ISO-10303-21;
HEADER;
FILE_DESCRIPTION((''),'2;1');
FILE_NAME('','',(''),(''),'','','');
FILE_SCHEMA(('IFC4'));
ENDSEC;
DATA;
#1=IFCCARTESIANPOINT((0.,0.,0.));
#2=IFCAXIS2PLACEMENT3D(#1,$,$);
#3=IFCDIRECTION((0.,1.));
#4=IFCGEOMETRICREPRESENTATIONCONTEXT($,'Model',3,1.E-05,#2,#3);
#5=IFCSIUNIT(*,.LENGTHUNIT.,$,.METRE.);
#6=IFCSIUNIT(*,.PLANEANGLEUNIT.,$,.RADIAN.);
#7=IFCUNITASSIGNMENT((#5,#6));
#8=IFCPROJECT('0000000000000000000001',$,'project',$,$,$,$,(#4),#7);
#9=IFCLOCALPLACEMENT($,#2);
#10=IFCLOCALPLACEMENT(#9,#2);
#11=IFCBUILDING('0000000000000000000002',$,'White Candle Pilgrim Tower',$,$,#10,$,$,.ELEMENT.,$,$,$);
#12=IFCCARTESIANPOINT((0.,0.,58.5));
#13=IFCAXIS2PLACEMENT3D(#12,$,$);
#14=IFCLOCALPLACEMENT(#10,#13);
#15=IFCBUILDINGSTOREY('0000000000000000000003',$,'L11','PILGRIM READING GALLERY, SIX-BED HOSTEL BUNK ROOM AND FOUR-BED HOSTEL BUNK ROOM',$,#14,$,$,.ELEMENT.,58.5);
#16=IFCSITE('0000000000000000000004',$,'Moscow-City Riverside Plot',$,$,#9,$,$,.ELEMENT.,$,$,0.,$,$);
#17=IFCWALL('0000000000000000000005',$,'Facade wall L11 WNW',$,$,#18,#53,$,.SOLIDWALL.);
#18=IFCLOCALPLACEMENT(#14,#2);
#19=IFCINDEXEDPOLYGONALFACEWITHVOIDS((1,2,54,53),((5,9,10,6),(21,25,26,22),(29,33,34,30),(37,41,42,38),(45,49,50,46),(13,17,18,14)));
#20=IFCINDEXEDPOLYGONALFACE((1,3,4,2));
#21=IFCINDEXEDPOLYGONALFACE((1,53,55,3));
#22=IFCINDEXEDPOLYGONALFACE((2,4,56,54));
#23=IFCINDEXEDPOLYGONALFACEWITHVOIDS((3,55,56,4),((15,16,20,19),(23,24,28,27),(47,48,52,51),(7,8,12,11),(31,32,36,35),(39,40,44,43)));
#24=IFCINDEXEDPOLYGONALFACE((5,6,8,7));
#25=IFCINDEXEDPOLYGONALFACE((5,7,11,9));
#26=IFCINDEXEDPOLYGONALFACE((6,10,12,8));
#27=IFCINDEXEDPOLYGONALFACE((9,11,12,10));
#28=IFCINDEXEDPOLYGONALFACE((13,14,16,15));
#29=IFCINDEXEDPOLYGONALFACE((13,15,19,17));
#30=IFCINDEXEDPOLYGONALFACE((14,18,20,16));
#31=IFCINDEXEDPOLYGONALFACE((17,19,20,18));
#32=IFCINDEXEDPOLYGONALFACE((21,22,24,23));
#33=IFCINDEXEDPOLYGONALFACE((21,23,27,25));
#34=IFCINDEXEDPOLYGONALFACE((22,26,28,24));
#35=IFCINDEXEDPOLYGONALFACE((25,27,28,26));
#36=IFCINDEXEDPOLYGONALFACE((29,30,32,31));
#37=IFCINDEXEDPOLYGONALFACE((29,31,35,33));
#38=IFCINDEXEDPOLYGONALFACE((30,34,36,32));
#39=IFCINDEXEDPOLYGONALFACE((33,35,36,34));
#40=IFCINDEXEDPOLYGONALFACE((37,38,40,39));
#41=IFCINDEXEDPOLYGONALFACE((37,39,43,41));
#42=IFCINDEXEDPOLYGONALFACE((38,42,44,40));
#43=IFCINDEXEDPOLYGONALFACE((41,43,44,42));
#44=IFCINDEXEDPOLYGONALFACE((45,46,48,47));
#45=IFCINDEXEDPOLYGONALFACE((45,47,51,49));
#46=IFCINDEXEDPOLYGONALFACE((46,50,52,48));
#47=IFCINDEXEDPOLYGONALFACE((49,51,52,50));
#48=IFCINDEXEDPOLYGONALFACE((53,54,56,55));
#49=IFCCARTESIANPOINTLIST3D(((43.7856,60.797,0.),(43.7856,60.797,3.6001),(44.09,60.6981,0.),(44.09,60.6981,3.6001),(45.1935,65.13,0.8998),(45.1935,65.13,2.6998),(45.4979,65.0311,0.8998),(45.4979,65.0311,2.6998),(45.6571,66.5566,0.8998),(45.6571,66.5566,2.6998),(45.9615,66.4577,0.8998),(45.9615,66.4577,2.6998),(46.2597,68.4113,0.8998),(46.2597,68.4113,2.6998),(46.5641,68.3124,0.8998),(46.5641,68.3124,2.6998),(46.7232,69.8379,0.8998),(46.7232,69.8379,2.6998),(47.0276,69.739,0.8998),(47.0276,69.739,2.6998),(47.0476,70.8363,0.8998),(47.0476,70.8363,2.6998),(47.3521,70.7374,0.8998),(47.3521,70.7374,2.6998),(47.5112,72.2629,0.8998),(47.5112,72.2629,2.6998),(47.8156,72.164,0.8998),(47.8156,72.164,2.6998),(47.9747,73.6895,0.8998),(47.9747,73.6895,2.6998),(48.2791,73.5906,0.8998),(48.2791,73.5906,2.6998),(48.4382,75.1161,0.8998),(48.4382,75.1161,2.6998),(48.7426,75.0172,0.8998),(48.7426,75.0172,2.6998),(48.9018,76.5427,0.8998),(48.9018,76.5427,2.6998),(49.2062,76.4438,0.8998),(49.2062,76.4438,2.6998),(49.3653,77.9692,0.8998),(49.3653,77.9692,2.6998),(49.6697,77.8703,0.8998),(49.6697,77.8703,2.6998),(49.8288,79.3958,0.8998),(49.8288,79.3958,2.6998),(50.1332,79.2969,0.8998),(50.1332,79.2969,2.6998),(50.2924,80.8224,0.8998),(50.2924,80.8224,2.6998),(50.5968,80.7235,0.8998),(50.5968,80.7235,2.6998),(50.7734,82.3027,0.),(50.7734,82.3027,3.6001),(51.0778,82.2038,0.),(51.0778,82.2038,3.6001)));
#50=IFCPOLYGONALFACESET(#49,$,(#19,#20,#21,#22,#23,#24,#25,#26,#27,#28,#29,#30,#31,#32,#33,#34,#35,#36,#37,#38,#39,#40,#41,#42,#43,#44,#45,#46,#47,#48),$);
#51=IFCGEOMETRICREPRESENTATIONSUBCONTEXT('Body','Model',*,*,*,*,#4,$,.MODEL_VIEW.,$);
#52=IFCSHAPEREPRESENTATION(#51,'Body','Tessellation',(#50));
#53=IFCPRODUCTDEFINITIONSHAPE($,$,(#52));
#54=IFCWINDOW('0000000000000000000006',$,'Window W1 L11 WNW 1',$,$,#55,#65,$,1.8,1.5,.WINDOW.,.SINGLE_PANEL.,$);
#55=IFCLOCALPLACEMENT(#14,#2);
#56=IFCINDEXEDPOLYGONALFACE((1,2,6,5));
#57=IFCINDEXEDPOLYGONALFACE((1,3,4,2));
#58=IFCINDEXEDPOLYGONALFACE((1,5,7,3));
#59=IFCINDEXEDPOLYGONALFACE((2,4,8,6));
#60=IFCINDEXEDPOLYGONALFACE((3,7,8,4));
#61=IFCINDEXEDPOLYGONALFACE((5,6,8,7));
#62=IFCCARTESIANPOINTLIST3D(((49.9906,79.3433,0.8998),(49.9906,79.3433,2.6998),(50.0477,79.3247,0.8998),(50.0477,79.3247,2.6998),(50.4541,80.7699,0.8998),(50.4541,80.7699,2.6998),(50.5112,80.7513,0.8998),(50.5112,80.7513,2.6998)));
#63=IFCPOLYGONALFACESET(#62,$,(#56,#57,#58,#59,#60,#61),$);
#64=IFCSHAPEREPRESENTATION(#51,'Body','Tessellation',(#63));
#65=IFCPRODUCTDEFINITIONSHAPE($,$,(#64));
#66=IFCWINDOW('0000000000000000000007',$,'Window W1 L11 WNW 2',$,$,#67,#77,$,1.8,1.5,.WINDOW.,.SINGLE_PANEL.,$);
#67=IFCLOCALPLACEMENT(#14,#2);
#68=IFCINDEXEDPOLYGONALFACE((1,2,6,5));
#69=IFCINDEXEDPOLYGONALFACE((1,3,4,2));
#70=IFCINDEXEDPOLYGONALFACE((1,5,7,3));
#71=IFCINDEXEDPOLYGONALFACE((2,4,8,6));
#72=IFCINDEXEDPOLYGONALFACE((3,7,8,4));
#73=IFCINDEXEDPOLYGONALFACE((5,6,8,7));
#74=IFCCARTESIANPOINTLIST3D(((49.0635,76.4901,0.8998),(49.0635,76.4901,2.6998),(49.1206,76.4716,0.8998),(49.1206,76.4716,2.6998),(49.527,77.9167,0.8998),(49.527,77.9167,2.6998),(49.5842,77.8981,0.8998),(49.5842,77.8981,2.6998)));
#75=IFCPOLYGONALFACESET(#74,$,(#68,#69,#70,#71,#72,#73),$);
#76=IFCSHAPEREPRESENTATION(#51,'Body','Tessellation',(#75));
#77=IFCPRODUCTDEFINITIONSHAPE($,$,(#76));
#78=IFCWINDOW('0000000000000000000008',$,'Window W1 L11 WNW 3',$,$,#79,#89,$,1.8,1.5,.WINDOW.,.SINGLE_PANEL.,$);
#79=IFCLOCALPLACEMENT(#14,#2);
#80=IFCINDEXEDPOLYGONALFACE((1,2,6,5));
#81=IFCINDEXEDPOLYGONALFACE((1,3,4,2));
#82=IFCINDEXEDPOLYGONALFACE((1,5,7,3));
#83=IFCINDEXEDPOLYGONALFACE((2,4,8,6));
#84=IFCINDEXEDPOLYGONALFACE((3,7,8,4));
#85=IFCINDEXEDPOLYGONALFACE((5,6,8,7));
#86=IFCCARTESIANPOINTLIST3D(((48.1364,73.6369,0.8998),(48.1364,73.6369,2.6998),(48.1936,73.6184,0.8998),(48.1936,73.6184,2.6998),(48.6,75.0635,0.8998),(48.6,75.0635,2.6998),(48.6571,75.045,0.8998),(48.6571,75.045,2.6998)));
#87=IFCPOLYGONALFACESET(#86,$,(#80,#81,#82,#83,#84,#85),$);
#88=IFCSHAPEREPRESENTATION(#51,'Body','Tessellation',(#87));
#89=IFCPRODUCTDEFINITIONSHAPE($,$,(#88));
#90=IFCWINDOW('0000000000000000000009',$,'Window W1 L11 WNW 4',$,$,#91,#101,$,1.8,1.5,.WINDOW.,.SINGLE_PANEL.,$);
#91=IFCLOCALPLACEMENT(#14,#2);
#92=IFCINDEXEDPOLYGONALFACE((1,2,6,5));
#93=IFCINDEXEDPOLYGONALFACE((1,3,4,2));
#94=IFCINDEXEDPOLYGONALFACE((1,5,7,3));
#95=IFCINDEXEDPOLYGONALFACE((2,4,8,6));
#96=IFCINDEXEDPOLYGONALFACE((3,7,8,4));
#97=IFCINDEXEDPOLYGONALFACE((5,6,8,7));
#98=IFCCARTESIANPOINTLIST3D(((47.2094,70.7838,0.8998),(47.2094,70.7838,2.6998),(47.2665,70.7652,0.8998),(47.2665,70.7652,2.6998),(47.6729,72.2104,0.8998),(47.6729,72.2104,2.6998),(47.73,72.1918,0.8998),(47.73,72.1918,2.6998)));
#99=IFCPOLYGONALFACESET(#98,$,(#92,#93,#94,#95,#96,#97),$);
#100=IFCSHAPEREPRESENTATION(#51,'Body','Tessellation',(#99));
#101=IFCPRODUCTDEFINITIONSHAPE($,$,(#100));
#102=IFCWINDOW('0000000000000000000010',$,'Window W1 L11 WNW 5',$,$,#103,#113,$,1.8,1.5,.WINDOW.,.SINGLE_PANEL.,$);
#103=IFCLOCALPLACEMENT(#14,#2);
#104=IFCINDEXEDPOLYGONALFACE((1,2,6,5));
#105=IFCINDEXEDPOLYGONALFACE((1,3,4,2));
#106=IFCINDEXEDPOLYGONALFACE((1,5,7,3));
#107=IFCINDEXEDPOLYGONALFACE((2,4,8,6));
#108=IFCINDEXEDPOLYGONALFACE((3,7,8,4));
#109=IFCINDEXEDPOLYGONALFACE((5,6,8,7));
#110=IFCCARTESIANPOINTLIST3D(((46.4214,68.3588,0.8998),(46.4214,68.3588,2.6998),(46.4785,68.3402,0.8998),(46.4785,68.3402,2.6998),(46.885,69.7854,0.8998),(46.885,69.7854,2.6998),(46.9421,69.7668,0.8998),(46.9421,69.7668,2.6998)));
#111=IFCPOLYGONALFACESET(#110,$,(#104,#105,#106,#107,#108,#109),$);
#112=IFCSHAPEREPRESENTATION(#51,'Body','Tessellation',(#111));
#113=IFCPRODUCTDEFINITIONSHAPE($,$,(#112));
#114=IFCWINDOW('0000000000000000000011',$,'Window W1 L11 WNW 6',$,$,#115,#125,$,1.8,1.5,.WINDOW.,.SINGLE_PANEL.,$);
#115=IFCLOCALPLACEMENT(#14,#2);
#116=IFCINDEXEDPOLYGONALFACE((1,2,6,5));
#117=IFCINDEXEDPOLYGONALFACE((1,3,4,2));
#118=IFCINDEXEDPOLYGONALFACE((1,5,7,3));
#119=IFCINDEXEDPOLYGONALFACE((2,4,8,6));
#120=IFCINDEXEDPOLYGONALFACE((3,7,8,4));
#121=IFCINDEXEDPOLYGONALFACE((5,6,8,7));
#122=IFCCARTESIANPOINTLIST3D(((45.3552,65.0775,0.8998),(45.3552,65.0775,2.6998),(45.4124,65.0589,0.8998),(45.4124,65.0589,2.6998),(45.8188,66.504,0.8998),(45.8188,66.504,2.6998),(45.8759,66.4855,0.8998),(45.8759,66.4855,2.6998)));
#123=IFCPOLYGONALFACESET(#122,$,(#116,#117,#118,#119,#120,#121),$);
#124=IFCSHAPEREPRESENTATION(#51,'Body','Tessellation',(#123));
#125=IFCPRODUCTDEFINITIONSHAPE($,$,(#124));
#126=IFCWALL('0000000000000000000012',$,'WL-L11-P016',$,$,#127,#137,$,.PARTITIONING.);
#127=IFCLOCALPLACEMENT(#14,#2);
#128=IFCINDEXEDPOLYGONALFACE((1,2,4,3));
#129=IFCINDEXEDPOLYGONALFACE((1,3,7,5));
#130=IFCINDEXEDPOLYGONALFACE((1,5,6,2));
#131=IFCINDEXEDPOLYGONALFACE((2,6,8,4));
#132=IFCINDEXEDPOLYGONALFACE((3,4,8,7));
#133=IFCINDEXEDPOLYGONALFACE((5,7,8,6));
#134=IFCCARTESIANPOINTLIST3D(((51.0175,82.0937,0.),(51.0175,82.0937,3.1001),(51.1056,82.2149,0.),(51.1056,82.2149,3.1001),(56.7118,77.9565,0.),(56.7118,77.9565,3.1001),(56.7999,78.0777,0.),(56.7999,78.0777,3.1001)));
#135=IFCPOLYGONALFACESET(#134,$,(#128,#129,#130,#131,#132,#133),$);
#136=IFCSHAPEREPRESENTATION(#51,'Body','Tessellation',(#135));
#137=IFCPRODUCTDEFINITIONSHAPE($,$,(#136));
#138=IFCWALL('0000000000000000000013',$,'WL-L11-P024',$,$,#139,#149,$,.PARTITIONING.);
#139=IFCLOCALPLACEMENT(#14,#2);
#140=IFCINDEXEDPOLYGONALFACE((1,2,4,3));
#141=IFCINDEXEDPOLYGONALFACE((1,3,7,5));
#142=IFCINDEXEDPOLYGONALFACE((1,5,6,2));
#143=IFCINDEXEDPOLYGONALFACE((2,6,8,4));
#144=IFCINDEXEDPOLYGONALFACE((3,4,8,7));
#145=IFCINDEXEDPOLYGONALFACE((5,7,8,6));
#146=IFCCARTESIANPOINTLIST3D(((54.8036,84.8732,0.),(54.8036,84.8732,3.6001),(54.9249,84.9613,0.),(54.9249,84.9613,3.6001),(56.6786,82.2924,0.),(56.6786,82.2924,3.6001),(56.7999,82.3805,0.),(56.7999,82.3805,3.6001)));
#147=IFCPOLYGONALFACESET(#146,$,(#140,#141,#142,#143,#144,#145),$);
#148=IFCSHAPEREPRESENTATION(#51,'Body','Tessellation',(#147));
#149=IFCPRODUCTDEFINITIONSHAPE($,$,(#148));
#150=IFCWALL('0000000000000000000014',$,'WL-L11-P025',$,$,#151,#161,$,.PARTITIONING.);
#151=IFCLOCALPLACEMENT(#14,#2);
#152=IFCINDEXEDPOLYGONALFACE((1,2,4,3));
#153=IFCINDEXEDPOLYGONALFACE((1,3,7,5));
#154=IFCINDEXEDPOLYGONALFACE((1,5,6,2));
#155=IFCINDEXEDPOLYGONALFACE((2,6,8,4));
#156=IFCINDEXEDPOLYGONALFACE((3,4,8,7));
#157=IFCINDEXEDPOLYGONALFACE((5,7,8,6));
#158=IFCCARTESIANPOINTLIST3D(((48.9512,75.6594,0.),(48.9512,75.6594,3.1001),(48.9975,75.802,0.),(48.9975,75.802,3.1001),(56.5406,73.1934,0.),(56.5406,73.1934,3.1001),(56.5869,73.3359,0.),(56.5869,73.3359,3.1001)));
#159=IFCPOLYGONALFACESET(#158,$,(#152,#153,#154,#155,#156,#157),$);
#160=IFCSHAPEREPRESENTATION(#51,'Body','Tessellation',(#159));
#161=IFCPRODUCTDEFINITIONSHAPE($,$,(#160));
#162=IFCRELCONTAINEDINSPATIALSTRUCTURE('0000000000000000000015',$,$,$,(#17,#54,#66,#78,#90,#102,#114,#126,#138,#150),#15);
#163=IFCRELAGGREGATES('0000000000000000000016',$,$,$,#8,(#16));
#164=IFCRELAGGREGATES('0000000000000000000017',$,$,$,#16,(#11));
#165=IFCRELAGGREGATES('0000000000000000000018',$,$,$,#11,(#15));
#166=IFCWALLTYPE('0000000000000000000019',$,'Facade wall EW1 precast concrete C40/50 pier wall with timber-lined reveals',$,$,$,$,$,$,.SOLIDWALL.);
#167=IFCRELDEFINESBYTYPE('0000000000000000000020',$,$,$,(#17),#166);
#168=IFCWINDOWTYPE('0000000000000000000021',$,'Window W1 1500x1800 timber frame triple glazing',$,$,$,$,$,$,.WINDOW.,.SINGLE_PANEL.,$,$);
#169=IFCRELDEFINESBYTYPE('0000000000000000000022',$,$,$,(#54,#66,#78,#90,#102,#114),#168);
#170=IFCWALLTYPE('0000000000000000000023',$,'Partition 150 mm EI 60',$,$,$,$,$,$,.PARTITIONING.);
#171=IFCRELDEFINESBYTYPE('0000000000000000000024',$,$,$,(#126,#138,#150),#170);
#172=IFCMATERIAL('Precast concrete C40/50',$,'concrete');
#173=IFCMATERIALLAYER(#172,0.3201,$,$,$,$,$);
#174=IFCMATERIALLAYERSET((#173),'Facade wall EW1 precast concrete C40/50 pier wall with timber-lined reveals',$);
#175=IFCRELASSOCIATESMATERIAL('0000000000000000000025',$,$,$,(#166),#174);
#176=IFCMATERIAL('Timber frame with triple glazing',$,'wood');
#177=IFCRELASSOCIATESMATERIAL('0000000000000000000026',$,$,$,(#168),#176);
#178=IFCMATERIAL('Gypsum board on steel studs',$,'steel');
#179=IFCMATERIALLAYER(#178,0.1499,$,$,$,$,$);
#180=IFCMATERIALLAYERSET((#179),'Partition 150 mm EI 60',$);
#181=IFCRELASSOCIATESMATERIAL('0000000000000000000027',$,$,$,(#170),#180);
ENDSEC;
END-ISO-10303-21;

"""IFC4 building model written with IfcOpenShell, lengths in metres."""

from ifc_helpers import new_model, si_unit, direction, frame, frame_2d, origin, place, context, subcontext, project, spatial, rectangle, extrude, material, layer, layer_set, type_object, element, fill, save


model = new_model("IFC4")

# Units and contexts
model_context = context("Model", 3, precision=1e-05, world=origin(), true_north=direction((0.0, 1.0)))
body_context = subcontext(model_context, "Body", "Model", "MODEL_VIEW")
ifc_project = project(units=[si_unit("LENGTHUNIT", "METRE"), si_unit("PLANEANGLEUNIT", "RADIAN")], contexts=[model_context])

# Site, building, storey
site_placement = place(None, origin())
site = spatial("IfcSite", under=ifc_project, at=site_placement, Name="Moscow-City Riverside Plot", CompositionType="ELEMENT", RefElevation=0.0)
building_placement = place(site_placement, origin())
building = spatial("IfcBuilding", under=site, at=building_placement, Name="White Candle Pilgrim Tower", CompositionType="ELEMENT")
storey_placement = place(building_placement, frame((0.0, 0.0, 58.5)))
storey = spatial("IfcBuildingStorey", under=building, at=storey_placement, Name="L11", Description="PILGRIM READING GALLERY, SIX-BED HOSTEL BUNK ROOM AND FOUR-BED HOSTEL BUNK ROOM", CompositionType="ELEMENT", Elevation=58.5)

# Wall, openings, windows
ifc_material_1 = material(Name="Precast concrete C40/50", Category="concrete")
ifc_layer_1 = layer(ifc_material_1, 0.3201)
ifc_layer_set_1 = layer_set([ifc_layer_1], Name="Facade wall EW1 precast concrete C40/50 pier wall with timber-lined reveals")
wall_type_1 = type_object("IfcWallType", Name="Facade wall EW1 precast concrete C40/50 pier wall with timber-lined reveals", PredefinedType="SOLIDWALL", material=ifc_layer_set_1)
ifc_material_2 = material(Name="Timber frame with triple glazing", Category="wood")
wall_1_placement = place(storey_placement, frame((50.9255, 82.2532, 0.0), z_axis=(0.0, 0.0, 1.0), x_axis=(-0.309022, -0.951055, 0.0)))
wall_1 = element("IfcWall", 1, at=wall_1_placement, inside=storey, type_object=wall_type_1, Name="Facade wall L11 WNW", PredefinedType="SOLIDWALL", context=body_context, shape_type="SweptSolid", body=[
    extrude(rectangle(XDim=22.6125, YDim=0.3201, at=frame_2d((11.3062, 0.0))), origin(), (0.0, 0.0, 1.0), 3.6001),
])
opening_1_placement = place(wall_1_placement, frame((1.5564, 0.0, 0.8999)))
opening_1 = element("IfcOpeningElement", 2, at=opening_1_placement, cuts=wall_1, PredefinedType="OPENING", context=body_context, shape_type="SweptSolid", body=[
    extrude(rectangle(XDim=1.5, YDim=1.8, at=frame_2d((0.75, 0.8999))), frame((0.0, 0.1699, 0.0), z_axis=(0.0, -1.0, 0.0), x_axis=(1.0, 0.0, 0.0)), (0.0, 0.0, 1.0), 0.3401),
])
opening_2_placement = place(wall_1_placement, frame((4.5564, 0.0, 0.8999)))
opening_2 = element("IfcOpeningElement", 3, at=opening_2_placement, cuts=wall_1, PredefinedType="OPENING", context=body_context, shape_type="SweptSolid", body=[
    extrude(rectangle(XDim=1.5, YDim=1.8, at=frame_2d((0.75, 0.8999))), frame((0.0, 0.1699, 0.0), z_axis=(0.0, -1.0, 0.0), x_axis=(1.0, 0.0, 0.0)), (0.0, 0.0, 1.0), 0.3401),
])
opening_3_placement = place(wall_1_placement, frame((7.5564, 0.0, 0.8999)))
opening_3 = element("IfcOpeningElement", 4, at=opening_3_placement, cuts=wall_1, PredefinedType="OPENING", context=body_context, shape_type="SweptSolid", body=[
    extrude(rectangle(XDim=1.5, YDim=1.8, at=frame_2d((0.75, 0.8999))), frame((0.0, 0.1699, 0.0), z_axis=(0.0, -1.0, 0.0), x_axis=(1.0, 0.0, 0.0)), (0.0, 0.0, 1.0), 0.3401),
])
opening_4_placement = place(wall_1_placement, frame((10.5564, 0.0, 0.8999)))
opening_4 = element("IfcOpeningElement", 5, at=opening_4_placement, cuts=wall_1, PredefinedType="OPENING", context=body_context, shape_type="SweptSolid", body=[
    extrude(rectangle(XDim=1.5, YDim=1.8, at=frame_2d((0.75, 0.8999))), frame((0.0, 0.1699, 0.0), z_axis=(0.0, -1.0, 0.0), x_axis=(1.0, 0.0, 0.0)), (0.0, 0.0, 1.0), 0.3401),
])
opening_5_placement = place(wall_1_placement, frame((13.1062, 0.0, 0.8999)))
opening_5 = element("IfcOpeningElement", 6, at=opening_5_placement, cuts=wall_1, PredefinedType="OPENING", context=body_context, shape_type="SweptSolid", body=[
    extrude(rectangle(XDim=1.5, YDim=1.8, at=frame_2d((0.75, 0.8999))), frame((0.0, 0.1699, 0.0), z_axis=(0.0, -1.0, 0.0), x_axis=(1.0, 0.0, 0.0)), (0.0, 0.0, 1.0), 0.3401),
])
opening_6_placement = place(wall_1_placement, frame((16.5564, 0.0, 0.8999)))
opening_6 = element("IfcOpeningElement", 7, at=opening_6_placement, cuts=wall_1, PredefinedType="OPENING", context=body_context, shape_type="SweptSolid", body=[
    extrude(rectangle(XDim=1.5, YDim=1.8, at=frame_2d((0.75, 0.8999))), frame((0.0, 0.1699, 0.0), z_axis=(0.0, -1.0, 0.0), x_axis=(1.0, 0.0, 0.0)), (0.0, 0.0, 1.0), 0.3401),
])
window_type_1 = type_object("IfcWindowType", Name="Window W1 1500x1800 timber frame triple glazing", PartitioningType="SINGLE_PANEL", PredefinedType="WINDOW", material=ifc_material_2)
window_1_placement = place(opening_1_placement, origin())
window_1 = element("IfcWindow", 8, at=window_1_placement, inside=storey, type_object=window_type_1, Name="Window W1 L11 WNW 1", OverallHeight=1.8, OverallWidth=1.5, PartitioningType="SINGLE_PANEL", PredefinedType="WINDOW", context=body_context, shape_type="SweptSolid", body=[
    extrude(rectangle(XDim=1.5, YDim=1.8, at=frame_2d((0.75, 0.8999))), frame((0.0, 0.0701, 0.0), z_axis=(0.0, -1.0, 0.0), x_axis=(1.0, 0.0, 0.0)), (0.0, 0.0, 1.0), 0.0601),
])
fill(opening_1, window_1)
window_2_placement = place(opening_2_placement, origin())
window_2 = element("IfcWindow", 9, at=window_2_placement, inside=storey, type_object=window_type_1, Name="Window W1 L11 WNW 2", OverallHeight=1.8, OverallWidth=1.5, PartitioningType="SINGLE_PANEL", PredefinedType="WINDOW", context=body_context, shape_type="SweptSolid", body=[
    extrude(rectangle(XDim=1.5, YDim=1.8, at=frame_2d((0.75, 0.8999))), frame((0.0, 0.0701, 0.0), z_axis=(0.0, -1.0, 0.0), x_axis=(1.0, 0.0, 0.0)), (0.0, 0.0, 1.0), 0.0601),
])
fill(opening_2, window_2)
window_3_placement = place(opening_3_placement, origin())
window_3 = element("IfcWindow", 10, at=window_3_placement, inside=storey, type_object=window_type_1, Name="Window W1 L11 WNW 3", OverallHeight=1.8, OverallWidth=1.5, PartitioningType="SINGLE_PANEL", PredefinedType="WINDOW", context=body_context, shape_type="SweptSolid", body=[
    extrude(rectangle(XDim=1.5, YDim=1.8, at=frame_2d((0.75, 0.8999))), frame((0.0, 0.0701, 0.0), z_axis=(0.0, -1.0, 0.0), x_axis=(1.0, 0.0, 0.0)), (0.0, 0.0, 1.0), 0.0601),
])
fill(opening_3, window_3)
window_4_placement = place(opening_4_placement, origin())
window_4 = element("IfcWindow", 11, at=window_4_placement, inside=storey, type_object=window_type_1, Name="Window W1 L11 WNW 4", OverallHeight=1.8, OverallWidth=1.5, PartitioningType="SINGLE_PANEL", PredefinedType="WINDOW", context=body_context, shape_type="SweptSolid", body=[
    extrude(rectangle(XDim=1.5, YDim=1.8, at=frame_2d((0.75, 0.8999))), frame((0.0, 0.0701, 0.0), z_axis=(0.0, -1.0, 0.0), x_axis=(1.0, 0.0, 0.0)), (0.0, 0.0, 1.0), 0.0601),
])
fill(opening_4, window_4)
window_5_placement = place(opening_5_placement, origin())
window_5 = element("IfcWindow", 12, at=window_5_placement, inside=storey, type_object=window_type_1, Name="Window W1 L11 WNW 5", OverallHeight=1.8, OverallWidth=1.5, PartitioningType="SINGLE_PANEL", PredefinedType="WINDOW", context=body_context, shape_type="SweptSolid", body=[
    extrude(rectangle(XDim=1.5, YDim=1.8, at=frame_2d((0.75, 0.8999))), frame((0.0, 0.0701, 0.0), z_axis=(0.0, -1.0, 0.0), x_axis=(1.0, 0.0, 0.0)), (0.0, 0.0, 1.0), 0.0601),
])
fill(opening_5, window_5)
window_6_placement = place(opening_6_placement, origin())
window_6 = element("IfcWindow", 13, at=window_6_placement, inside=storey, type_object=window_type_1, Name="Window W1 L11 WNW 6", OverallHeight=1.8, OverallWidth=1.5, PartitioningType="SINGLE_PANEL", PredefinedType="WINDOW", context=body_context, shape_type="SweptSolid", body=[
    extrude(rectangle(XDim=1.5, YDim=1.8, at=frame_2d((0.75, 0.8999))), frame((0.0, 0.0701, 0.0), z_axis=(0.0, -1.0, 0.0), x_axis=(1.0, 0.0, 0.0)), (0.0, 0.0, 1.0), 0.0601),
])
fill(opening_6, window_6)

# Walls
ifc_material_3 = material(Name="Gypsum board on steel studs", Category="steel")
ifc_layer_2 = layer(ifc_material_3, 0.1499)
ifc_layer_set_2 = layer_set([ifc_layer_2], Name="Partition 150 mm EI 60")
wall_type_2 = type_object("IfcWallType", Name="Partition 150 mm EI 60", PredefinedType="PARTITIONING", material=ifc_layer_set_2)
wall_2_placement = place(storey_placement, frame((51.0615, 82.1543, 0.0), z_axis=(0.0, 0.0, 1.0), x_axis=(0.809015, -0.587788, 0.0)))
element("IfcWall", 14, at=wall_2_placement, inside=storey, type_object=wall_type_2, Name="WL-L11-P016", PredefinedType="PARTITIONING", context=body_context, shape_type="SweptSolid", body=[
    extrude(rectangle(XDim=7.0386, YDim=0.1499, at=frame_2d((3.5193, 0.0))), origin(), (0.0, 0.0, 1.0), 3.1001),
])
wall_3_placement = place(storey_placement, frame((54.8643, 84.9172, 0.0), z_axis=(0.0, 0.0, 1.0), x_axis=(0.587771, -0.809027, 0.0)))
element("IfcWall", 15, at=wall_3_placement, inside=storey, type_object=wall_type_2, Name="WL-L11-P024", PredefinedType="PARTITIONING", context=body_context, shape_type="SweptSolid", body=[
    extrude(rectangle(XDim=3.1899, YDim=0.1499, at=frame_2d((1.595, 0.0))), origin(), (0.0, 0.0, 1.0), 3.6001),
])
wall_4_placement = place(storey_placement, frame((48.9744, 75.7307, 0.0), z_axis=(0.0, 0.0, 1.0), x_axis=(0.951052, -0.309032, 0.0)))
element("IfcWall", 16, at=wall_4_placement, inside=storey, type_object=wall_type_2, Name="WL-L11-P025", PredefinedType="PARTITIONING", context=body_context, shape_type="SweptSolid", body=[
    extrude(rectangle(XDim=7.98, YDim=0.1499, at=frame_2d((3.99, 0.0))), origin(), (0.0, 0.0, 1.0), 3.1001),
])

save(model, "model.ifc")
